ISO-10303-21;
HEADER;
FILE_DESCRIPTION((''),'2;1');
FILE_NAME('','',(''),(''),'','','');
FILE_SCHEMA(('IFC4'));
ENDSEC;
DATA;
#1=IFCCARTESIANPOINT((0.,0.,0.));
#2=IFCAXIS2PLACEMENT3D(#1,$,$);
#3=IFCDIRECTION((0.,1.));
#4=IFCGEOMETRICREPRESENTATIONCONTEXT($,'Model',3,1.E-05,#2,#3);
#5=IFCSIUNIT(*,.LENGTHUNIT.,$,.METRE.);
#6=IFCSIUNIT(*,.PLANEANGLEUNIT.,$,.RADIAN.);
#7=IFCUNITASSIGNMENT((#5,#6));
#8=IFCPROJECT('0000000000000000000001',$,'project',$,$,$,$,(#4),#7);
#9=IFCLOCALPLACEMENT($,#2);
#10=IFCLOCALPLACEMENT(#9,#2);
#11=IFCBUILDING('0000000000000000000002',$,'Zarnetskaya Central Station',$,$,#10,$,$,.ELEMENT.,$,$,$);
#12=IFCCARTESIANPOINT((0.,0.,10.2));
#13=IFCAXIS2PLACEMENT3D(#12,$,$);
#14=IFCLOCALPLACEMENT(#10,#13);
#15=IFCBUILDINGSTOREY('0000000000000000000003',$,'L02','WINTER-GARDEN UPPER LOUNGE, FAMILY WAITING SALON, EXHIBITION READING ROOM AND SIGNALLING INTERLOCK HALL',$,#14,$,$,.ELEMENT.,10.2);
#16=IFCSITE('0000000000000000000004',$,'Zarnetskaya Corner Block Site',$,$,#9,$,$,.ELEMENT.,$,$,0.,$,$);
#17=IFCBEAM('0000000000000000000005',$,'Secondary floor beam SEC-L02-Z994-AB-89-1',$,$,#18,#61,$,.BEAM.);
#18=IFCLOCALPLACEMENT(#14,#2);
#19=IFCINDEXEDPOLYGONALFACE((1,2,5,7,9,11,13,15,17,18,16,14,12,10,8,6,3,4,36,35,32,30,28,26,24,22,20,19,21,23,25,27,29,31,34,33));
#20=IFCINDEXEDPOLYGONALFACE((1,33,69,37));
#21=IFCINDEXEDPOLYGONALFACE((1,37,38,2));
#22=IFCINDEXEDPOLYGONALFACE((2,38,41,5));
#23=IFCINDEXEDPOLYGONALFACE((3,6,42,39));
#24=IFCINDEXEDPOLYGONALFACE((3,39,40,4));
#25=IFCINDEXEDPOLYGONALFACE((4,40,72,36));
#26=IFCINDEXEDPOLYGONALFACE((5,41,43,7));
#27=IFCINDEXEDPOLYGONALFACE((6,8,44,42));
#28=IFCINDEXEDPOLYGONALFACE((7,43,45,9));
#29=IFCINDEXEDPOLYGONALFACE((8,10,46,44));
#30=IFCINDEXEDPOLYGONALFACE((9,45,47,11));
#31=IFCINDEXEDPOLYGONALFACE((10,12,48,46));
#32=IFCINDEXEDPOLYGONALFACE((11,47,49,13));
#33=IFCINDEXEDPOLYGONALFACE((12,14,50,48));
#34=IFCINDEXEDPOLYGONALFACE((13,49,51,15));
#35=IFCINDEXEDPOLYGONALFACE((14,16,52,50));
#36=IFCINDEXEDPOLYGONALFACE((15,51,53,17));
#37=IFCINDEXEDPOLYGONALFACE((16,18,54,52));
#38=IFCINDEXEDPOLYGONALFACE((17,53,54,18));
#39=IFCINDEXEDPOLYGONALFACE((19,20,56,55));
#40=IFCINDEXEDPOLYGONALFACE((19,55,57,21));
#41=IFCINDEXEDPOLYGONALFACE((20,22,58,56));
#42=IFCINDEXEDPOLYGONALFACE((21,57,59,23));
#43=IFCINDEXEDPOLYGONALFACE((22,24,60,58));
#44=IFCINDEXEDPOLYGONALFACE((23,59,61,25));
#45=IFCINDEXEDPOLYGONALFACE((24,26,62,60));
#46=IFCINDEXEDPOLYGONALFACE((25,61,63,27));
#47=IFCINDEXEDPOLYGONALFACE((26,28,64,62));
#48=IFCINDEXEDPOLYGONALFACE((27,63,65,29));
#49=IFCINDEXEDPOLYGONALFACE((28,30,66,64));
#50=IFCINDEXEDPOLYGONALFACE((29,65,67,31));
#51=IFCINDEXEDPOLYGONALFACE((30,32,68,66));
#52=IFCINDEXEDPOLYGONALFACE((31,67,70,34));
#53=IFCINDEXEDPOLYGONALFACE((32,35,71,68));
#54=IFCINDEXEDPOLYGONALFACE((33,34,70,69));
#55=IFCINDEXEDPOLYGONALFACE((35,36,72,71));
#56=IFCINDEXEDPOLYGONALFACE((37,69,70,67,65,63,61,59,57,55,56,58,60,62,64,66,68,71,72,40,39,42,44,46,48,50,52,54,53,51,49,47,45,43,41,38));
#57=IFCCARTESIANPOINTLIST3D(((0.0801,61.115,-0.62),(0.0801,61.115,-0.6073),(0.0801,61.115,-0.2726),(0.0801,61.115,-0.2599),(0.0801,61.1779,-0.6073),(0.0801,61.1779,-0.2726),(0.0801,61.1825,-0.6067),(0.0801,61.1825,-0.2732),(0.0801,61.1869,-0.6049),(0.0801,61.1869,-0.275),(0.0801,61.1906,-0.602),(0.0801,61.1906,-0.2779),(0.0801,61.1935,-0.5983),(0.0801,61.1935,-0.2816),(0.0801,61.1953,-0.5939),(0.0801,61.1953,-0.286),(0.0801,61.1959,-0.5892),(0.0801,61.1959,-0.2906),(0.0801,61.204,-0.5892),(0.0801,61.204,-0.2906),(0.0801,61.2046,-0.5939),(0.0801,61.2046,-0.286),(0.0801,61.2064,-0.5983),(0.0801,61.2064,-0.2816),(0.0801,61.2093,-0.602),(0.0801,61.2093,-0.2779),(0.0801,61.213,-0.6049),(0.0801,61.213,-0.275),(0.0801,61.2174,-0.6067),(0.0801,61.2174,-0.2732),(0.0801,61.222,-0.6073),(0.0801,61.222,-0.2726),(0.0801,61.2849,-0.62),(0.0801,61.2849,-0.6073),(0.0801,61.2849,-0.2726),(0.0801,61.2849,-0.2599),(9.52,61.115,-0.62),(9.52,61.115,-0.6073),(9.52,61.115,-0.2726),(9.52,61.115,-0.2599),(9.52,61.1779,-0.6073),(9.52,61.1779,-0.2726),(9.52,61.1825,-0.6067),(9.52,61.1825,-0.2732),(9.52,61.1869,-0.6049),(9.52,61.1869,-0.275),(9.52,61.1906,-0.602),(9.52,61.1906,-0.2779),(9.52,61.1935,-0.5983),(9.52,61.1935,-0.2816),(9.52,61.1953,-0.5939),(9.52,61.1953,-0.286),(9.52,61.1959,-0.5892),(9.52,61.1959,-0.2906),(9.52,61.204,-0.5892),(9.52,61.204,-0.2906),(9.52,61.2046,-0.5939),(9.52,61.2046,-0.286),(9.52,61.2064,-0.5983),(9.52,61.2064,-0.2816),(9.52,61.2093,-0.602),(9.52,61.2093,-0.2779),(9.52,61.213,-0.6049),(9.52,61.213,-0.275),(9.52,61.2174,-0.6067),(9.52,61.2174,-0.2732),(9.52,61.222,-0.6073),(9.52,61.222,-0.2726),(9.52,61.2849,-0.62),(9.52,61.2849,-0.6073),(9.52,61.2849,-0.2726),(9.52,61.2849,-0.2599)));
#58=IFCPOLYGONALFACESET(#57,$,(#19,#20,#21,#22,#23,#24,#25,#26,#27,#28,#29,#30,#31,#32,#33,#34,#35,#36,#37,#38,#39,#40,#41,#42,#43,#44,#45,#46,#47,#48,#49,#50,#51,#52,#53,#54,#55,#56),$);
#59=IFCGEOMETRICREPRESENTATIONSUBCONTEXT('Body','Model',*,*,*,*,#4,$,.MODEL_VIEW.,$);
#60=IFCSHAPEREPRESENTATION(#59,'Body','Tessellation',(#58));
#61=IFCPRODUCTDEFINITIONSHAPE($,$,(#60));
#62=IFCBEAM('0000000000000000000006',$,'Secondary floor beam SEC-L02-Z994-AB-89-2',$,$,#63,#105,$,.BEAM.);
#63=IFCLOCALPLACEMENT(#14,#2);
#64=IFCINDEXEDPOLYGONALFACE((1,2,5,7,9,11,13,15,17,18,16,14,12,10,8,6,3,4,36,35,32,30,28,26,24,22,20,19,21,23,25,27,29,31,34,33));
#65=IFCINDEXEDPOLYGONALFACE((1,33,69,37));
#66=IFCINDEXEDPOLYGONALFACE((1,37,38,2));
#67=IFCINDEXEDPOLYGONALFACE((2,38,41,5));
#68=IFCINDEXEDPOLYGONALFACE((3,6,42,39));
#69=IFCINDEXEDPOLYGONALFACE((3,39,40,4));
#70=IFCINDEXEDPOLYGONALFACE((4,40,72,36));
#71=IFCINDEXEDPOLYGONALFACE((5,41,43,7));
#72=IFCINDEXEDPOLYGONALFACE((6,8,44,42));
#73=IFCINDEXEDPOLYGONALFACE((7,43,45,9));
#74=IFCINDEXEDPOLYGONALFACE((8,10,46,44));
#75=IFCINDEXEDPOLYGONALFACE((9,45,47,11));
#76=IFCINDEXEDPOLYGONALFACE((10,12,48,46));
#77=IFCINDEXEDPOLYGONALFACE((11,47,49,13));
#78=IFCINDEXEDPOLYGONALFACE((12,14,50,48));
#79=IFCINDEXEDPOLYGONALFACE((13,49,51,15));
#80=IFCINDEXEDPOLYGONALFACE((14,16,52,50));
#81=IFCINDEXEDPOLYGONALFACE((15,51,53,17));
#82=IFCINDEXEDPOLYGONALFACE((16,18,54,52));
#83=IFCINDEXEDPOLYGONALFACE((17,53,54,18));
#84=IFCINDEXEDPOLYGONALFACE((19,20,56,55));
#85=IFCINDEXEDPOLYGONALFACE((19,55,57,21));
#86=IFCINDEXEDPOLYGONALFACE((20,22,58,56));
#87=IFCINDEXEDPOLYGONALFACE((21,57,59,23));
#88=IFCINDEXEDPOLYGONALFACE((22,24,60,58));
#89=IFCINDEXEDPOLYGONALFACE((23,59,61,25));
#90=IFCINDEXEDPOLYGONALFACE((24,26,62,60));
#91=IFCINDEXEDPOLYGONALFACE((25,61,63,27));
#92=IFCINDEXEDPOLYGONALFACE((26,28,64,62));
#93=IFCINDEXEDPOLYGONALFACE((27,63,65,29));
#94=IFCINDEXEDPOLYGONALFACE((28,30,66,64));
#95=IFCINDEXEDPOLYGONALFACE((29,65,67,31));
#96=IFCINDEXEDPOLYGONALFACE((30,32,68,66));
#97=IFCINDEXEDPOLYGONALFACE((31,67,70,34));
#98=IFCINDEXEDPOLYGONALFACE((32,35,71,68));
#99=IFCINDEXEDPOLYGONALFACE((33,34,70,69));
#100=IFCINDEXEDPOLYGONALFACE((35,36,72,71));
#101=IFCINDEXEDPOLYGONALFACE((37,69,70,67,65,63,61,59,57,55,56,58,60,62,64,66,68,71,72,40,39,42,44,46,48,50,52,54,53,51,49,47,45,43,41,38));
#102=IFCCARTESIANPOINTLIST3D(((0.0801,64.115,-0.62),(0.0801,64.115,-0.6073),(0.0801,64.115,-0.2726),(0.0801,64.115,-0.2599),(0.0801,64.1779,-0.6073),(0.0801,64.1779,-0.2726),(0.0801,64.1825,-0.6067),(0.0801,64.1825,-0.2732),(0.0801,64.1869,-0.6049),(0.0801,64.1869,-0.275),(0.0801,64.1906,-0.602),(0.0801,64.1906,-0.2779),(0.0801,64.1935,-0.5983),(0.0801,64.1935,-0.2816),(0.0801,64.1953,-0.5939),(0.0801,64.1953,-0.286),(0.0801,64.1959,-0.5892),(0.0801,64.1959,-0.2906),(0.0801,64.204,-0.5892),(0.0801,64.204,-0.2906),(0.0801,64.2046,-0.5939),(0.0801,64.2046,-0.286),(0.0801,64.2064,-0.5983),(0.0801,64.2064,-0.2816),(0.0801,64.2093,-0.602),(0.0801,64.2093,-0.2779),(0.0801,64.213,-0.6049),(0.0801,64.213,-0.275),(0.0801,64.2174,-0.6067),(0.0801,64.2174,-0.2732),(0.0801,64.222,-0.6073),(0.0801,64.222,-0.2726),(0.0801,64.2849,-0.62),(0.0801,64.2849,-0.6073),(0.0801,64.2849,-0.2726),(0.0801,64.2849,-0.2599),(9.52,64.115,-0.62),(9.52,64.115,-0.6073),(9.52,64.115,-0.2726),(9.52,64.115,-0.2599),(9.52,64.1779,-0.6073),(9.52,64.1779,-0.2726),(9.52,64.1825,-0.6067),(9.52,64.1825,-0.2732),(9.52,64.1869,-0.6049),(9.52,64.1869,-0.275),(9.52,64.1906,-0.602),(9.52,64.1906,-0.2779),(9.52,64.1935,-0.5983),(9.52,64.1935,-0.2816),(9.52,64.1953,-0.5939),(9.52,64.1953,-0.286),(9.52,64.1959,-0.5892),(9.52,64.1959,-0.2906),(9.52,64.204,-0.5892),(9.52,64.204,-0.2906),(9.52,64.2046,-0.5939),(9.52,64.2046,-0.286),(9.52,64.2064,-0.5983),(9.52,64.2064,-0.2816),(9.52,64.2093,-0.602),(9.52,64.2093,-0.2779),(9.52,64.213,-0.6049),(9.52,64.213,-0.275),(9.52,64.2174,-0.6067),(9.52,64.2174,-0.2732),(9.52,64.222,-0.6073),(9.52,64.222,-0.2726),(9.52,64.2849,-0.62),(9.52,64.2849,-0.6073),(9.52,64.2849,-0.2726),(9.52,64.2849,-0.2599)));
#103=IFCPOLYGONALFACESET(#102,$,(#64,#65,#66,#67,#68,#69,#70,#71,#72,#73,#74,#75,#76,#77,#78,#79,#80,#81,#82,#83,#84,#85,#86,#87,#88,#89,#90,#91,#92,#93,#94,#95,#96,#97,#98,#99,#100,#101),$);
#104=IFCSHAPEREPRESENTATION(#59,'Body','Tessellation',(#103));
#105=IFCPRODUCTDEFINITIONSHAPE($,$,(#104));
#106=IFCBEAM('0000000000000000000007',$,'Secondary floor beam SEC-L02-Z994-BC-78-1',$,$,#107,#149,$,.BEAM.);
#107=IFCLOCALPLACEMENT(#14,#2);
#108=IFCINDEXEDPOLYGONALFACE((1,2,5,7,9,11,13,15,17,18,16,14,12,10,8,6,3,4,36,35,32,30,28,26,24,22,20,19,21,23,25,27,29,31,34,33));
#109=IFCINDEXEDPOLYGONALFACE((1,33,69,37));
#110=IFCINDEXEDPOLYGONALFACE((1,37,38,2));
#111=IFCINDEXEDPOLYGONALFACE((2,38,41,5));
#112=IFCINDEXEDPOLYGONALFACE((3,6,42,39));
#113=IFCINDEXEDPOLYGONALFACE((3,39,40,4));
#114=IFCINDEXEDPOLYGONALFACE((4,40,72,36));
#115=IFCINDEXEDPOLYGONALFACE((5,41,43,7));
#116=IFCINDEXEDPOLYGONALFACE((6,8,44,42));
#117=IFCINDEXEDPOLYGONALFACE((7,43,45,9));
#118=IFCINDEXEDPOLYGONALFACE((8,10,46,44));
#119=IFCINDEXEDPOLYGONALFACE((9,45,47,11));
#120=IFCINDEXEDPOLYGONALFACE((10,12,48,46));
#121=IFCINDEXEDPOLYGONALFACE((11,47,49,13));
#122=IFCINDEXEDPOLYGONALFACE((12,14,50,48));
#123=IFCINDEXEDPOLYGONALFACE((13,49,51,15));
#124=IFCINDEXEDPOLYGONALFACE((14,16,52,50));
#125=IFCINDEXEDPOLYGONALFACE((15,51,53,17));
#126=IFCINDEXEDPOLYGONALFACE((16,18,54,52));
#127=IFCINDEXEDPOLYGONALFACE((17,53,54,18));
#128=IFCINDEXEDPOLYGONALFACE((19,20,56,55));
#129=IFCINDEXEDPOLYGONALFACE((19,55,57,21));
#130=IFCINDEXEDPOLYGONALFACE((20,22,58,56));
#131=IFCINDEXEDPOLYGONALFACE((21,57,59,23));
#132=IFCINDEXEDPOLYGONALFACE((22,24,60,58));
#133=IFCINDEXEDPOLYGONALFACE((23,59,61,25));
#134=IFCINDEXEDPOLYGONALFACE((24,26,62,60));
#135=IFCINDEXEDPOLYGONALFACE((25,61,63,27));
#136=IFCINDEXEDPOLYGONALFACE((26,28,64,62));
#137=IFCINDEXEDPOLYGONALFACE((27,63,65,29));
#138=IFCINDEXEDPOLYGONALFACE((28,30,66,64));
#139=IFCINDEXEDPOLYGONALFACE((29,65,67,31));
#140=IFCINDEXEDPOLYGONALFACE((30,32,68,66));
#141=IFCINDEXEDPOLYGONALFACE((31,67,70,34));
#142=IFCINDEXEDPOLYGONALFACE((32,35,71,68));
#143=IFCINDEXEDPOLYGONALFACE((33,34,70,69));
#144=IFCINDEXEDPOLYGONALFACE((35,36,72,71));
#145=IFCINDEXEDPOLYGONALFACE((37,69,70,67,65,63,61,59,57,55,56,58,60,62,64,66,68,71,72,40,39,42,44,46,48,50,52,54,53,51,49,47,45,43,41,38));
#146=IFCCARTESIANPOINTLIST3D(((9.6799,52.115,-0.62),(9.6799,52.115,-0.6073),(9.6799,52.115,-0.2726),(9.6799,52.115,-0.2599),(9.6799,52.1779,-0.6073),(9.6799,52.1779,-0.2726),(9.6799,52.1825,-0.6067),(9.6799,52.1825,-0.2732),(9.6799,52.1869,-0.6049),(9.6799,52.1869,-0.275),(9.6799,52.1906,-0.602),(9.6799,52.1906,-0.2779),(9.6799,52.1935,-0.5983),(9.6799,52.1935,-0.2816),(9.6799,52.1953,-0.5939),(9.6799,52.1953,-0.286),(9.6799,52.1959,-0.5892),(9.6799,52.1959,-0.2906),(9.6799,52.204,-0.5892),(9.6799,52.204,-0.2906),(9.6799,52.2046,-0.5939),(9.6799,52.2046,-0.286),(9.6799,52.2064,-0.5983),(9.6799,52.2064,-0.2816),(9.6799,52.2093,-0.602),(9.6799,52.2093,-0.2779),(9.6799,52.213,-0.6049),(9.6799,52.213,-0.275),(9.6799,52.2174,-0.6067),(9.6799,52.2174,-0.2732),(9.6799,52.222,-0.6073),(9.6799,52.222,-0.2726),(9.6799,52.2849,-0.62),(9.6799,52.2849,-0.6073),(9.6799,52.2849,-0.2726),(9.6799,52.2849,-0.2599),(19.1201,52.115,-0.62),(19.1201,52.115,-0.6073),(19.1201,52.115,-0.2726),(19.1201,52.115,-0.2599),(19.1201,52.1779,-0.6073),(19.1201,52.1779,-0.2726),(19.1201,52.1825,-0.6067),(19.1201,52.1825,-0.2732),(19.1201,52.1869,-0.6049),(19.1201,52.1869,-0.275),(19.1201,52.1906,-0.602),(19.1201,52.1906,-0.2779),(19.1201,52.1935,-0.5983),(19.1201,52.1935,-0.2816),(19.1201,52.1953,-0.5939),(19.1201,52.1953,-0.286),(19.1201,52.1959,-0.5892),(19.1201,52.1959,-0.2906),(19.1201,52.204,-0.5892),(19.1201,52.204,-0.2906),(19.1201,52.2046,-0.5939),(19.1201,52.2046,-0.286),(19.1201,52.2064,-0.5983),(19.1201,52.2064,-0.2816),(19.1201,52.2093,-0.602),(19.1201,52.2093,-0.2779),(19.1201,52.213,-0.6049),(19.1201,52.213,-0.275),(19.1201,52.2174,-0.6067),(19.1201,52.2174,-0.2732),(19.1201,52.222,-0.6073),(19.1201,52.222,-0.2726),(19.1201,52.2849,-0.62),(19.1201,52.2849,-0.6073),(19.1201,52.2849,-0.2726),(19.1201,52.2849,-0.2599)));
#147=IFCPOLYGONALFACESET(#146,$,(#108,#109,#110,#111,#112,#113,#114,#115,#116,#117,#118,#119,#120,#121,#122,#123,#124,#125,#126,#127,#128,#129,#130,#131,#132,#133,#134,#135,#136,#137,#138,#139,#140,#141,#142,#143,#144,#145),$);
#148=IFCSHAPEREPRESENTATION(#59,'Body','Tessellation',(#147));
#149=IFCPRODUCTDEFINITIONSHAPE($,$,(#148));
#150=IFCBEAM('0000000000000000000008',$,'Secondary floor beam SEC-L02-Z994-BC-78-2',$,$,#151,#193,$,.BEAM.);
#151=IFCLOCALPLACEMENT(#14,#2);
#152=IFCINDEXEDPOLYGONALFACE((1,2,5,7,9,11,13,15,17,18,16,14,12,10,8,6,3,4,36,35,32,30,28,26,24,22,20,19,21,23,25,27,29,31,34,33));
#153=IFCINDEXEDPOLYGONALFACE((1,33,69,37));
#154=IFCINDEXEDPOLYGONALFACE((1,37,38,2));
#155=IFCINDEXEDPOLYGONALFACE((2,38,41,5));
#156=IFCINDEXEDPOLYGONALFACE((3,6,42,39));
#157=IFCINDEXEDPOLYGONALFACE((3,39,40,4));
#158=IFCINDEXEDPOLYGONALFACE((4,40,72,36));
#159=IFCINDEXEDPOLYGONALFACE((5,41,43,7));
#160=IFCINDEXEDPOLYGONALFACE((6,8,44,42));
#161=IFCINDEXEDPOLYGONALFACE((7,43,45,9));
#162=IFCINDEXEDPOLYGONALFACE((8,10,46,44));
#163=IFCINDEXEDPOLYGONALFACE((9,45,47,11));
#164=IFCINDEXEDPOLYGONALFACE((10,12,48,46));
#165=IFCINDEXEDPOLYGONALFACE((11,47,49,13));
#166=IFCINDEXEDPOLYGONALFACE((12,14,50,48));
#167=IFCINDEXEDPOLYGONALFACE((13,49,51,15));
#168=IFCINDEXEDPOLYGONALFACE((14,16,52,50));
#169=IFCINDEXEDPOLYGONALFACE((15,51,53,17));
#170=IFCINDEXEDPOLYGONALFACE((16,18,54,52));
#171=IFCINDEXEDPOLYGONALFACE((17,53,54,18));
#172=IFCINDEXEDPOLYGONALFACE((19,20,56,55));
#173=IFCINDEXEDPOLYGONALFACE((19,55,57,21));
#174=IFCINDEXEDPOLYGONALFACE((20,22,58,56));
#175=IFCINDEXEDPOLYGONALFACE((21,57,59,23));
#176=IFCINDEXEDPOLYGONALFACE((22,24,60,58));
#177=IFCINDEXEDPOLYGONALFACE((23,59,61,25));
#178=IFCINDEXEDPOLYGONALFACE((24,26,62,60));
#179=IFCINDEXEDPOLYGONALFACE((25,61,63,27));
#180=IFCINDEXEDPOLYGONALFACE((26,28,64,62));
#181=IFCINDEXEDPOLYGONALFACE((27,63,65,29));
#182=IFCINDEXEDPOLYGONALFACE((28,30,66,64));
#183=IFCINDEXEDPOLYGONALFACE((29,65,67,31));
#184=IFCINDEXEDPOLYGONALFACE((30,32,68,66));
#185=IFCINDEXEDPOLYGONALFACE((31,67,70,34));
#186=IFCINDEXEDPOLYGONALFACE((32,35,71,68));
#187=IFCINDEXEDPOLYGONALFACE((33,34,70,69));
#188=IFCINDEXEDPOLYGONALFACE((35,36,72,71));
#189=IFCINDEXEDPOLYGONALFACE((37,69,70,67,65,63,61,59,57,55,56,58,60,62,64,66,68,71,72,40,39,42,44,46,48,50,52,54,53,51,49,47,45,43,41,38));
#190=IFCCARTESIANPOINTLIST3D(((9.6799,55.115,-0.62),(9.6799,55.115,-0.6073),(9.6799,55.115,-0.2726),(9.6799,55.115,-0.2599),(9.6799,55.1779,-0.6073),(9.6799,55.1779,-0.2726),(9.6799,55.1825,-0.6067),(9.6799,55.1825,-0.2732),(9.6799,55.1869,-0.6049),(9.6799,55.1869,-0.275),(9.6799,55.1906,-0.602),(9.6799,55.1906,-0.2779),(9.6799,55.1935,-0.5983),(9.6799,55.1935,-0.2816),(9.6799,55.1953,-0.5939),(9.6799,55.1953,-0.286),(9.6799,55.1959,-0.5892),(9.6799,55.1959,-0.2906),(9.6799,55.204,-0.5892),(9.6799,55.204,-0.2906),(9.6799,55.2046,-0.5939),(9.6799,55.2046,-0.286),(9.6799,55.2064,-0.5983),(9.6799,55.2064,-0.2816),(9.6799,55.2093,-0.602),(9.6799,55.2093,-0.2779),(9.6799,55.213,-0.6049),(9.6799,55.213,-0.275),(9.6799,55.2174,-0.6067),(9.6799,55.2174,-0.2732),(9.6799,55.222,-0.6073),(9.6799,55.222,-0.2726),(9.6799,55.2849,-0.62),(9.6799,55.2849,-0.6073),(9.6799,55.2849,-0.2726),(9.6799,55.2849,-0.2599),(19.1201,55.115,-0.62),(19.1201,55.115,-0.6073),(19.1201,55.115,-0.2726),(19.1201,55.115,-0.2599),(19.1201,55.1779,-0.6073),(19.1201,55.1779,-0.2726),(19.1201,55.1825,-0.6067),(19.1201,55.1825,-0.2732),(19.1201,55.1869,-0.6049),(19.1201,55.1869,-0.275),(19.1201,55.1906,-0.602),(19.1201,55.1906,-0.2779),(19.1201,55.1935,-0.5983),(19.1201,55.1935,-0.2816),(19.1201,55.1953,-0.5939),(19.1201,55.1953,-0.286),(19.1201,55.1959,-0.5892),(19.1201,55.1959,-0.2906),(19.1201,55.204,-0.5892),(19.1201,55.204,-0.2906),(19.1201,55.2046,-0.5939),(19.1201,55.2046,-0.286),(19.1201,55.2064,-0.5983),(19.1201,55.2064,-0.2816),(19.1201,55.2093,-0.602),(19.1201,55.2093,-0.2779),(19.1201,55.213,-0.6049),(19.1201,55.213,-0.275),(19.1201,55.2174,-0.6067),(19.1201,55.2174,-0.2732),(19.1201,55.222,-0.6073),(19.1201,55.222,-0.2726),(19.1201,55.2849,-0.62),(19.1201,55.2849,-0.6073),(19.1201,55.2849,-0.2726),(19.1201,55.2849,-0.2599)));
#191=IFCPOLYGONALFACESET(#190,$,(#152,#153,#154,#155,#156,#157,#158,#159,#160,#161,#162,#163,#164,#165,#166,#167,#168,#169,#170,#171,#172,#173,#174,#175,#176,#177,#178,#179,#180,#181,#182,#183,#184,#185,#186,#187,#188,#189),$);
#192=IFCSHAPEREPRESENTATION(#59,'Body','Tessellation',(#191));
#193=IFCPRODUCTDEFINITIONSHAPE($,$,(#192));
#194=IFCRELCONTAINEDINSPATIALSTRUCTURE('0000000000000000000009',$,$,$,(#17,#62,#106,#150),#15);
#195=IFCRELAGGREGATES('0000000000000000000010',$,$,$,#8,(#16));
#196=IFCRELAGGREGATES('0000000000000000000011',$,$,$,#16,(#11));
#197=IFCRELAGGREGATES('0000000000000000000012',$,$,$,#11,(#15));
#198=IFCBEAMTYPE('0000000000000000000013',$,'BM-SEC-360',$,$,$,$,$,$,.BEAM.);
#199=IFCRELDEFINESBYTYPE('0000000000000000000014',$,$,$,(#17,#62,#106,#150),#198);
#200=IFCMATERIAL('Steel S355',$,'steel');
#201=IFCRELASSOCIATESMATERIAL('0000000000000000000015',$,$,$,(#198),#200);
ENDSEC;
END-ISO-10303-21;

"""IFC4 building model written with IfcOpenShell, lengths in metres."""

from ifc_helpers import new_model, si_unit, direction, frame, origin, origin_2d, place, context, subcontext, project, spatial, i_section, extrude, material, material_profile, profile_set, type_object, element, save


model = new_model("IFC4")

# Units and contexts
model_context = context("Model", 3, precision=1e-05, world=origin(), true_north=direction((0.0, 1.0)))
body_context = subcontext(model_context, "Body", "Model", "MODEL_VIEW")
ifc_project = project(units=[si_unit("LENGTHUNIT", "METRE"), si_unit("PLANEANGLEUNIT", "RADIAN")], contexts=[model_context])

# Site, building, storey
site_placement = place(None, origin())
site = spatial("IfcSite", under=ifc_project, at=site_placement, Name="Zarnetskaya Corner Block Site", CompositionType="ELEMENT", RefElevation=0.0)
building_placement = place(site_placement, origin())
building = spatial("IfcBuilding", under=site, at=building_placement, Name="Zarnetskaya Central Station", CompositionType="ELEMENT")
storey_placement = place(building_placement, frame((0.0, 0.0, 10.2)))
storey = spatial("IfcBuildingStorey", under=building, at=storey_placement, Name="L02", Description="WINTER-GARDEN UPPER LOUNGE, FAMILY WAITING SALON, EXHIBITION READING ROOM AND SIGNALLING INTERLOCK HALL", CompositionType="ELEMENT", Elevation=10.2)

# Shared definitions
ifc_material_1 = material(Name="Steel S355", Category="steel")

# Beams
ifc_material_profile_1 = material_profile(ifc_material_1, i_section(OverallWidth=0.1699, OverallDepth=0.3601, WebThickness=0.0081, FlangeThickness=0.0127, FilletRadius=0.0181, at=origin_2d()), Name="IPE 360")
ifc_profile_set_1 = profile_set([ifc_material_profile_1], Name="Steel S355")
beam_type_1 = type_object("IfcBeamType", Name="BM-SEC-360", PredefinedType="BEAM", material=ifc_profile_set_1)
for number, where, z_axis, x_axis, name in (
    (1, (0.0801, 61.2, -0.4399), (1.0, 0.0, 0.0), (0.0, 1.0, 0.0), "Secondary floor beam SEC-L02-Z994-AB-89-1"),
    (2, (0.0801, 64.2, -0.4399), (1.0, 0.0, 0.0), (0.0, 1.0, 0.0), "Secondary floor beam SEC-L02-Z994-AB-89-2"),
):
    element("IfcBeam", number, at=place(storey_placement, frame(where, z_axis=z_axis, x_axis=x_axis)), inside=storey, type_object=beam_type_1, Name=name, PredefinedType="BEAM", context=body_context, shape_type="SweptSolid", body=[
        extrude(i_section(OverallWidth=0.1699, OverallDepth=0.3601, WebThickness=0.0081, FlangeThickness=0.0127, FilletRadius=0.0181, at=origin_2d()), origin(), (0.0, 0.0, 1.0), 9.4399),
    ])
for number, where, z_axis, x_axis, name in (
    (3, (9.6799, 52.2, -0.4399), (1.0, 0.0, 0.0), (0.0, 1.0, 0.0), "Secondary floor beam SEC-L02-Z994-BC-78-1"),
    (4, (9.6799, 55.2, -0.4399), (1.0, 0.0, 0.0), (0.0, 1.0, 0.0), "Secondary floor beam SEC-L02-Z994-BC-78-2"),
):
    element("IfcBeam", number, at=place(storey_placement, frame(where, z_axis=z_axis, x_axis=x_axis)), inside=storey, type_object=beam_type_1, Name=name, PredefinedType="BEAM", context=body_context, shape_type="SweptSolid", body=[
        extrude(i_section(OverallWidth=0.1699, OverallDepth=0.3601, WebThickness=0.0081, FlangeThickness=0.0127, FilletRadius=0.0181, at=origin_2d()), origin(), (0.0, 0.0, 1.0), 9.4402),
    ])

save(model, "model.ifc")
